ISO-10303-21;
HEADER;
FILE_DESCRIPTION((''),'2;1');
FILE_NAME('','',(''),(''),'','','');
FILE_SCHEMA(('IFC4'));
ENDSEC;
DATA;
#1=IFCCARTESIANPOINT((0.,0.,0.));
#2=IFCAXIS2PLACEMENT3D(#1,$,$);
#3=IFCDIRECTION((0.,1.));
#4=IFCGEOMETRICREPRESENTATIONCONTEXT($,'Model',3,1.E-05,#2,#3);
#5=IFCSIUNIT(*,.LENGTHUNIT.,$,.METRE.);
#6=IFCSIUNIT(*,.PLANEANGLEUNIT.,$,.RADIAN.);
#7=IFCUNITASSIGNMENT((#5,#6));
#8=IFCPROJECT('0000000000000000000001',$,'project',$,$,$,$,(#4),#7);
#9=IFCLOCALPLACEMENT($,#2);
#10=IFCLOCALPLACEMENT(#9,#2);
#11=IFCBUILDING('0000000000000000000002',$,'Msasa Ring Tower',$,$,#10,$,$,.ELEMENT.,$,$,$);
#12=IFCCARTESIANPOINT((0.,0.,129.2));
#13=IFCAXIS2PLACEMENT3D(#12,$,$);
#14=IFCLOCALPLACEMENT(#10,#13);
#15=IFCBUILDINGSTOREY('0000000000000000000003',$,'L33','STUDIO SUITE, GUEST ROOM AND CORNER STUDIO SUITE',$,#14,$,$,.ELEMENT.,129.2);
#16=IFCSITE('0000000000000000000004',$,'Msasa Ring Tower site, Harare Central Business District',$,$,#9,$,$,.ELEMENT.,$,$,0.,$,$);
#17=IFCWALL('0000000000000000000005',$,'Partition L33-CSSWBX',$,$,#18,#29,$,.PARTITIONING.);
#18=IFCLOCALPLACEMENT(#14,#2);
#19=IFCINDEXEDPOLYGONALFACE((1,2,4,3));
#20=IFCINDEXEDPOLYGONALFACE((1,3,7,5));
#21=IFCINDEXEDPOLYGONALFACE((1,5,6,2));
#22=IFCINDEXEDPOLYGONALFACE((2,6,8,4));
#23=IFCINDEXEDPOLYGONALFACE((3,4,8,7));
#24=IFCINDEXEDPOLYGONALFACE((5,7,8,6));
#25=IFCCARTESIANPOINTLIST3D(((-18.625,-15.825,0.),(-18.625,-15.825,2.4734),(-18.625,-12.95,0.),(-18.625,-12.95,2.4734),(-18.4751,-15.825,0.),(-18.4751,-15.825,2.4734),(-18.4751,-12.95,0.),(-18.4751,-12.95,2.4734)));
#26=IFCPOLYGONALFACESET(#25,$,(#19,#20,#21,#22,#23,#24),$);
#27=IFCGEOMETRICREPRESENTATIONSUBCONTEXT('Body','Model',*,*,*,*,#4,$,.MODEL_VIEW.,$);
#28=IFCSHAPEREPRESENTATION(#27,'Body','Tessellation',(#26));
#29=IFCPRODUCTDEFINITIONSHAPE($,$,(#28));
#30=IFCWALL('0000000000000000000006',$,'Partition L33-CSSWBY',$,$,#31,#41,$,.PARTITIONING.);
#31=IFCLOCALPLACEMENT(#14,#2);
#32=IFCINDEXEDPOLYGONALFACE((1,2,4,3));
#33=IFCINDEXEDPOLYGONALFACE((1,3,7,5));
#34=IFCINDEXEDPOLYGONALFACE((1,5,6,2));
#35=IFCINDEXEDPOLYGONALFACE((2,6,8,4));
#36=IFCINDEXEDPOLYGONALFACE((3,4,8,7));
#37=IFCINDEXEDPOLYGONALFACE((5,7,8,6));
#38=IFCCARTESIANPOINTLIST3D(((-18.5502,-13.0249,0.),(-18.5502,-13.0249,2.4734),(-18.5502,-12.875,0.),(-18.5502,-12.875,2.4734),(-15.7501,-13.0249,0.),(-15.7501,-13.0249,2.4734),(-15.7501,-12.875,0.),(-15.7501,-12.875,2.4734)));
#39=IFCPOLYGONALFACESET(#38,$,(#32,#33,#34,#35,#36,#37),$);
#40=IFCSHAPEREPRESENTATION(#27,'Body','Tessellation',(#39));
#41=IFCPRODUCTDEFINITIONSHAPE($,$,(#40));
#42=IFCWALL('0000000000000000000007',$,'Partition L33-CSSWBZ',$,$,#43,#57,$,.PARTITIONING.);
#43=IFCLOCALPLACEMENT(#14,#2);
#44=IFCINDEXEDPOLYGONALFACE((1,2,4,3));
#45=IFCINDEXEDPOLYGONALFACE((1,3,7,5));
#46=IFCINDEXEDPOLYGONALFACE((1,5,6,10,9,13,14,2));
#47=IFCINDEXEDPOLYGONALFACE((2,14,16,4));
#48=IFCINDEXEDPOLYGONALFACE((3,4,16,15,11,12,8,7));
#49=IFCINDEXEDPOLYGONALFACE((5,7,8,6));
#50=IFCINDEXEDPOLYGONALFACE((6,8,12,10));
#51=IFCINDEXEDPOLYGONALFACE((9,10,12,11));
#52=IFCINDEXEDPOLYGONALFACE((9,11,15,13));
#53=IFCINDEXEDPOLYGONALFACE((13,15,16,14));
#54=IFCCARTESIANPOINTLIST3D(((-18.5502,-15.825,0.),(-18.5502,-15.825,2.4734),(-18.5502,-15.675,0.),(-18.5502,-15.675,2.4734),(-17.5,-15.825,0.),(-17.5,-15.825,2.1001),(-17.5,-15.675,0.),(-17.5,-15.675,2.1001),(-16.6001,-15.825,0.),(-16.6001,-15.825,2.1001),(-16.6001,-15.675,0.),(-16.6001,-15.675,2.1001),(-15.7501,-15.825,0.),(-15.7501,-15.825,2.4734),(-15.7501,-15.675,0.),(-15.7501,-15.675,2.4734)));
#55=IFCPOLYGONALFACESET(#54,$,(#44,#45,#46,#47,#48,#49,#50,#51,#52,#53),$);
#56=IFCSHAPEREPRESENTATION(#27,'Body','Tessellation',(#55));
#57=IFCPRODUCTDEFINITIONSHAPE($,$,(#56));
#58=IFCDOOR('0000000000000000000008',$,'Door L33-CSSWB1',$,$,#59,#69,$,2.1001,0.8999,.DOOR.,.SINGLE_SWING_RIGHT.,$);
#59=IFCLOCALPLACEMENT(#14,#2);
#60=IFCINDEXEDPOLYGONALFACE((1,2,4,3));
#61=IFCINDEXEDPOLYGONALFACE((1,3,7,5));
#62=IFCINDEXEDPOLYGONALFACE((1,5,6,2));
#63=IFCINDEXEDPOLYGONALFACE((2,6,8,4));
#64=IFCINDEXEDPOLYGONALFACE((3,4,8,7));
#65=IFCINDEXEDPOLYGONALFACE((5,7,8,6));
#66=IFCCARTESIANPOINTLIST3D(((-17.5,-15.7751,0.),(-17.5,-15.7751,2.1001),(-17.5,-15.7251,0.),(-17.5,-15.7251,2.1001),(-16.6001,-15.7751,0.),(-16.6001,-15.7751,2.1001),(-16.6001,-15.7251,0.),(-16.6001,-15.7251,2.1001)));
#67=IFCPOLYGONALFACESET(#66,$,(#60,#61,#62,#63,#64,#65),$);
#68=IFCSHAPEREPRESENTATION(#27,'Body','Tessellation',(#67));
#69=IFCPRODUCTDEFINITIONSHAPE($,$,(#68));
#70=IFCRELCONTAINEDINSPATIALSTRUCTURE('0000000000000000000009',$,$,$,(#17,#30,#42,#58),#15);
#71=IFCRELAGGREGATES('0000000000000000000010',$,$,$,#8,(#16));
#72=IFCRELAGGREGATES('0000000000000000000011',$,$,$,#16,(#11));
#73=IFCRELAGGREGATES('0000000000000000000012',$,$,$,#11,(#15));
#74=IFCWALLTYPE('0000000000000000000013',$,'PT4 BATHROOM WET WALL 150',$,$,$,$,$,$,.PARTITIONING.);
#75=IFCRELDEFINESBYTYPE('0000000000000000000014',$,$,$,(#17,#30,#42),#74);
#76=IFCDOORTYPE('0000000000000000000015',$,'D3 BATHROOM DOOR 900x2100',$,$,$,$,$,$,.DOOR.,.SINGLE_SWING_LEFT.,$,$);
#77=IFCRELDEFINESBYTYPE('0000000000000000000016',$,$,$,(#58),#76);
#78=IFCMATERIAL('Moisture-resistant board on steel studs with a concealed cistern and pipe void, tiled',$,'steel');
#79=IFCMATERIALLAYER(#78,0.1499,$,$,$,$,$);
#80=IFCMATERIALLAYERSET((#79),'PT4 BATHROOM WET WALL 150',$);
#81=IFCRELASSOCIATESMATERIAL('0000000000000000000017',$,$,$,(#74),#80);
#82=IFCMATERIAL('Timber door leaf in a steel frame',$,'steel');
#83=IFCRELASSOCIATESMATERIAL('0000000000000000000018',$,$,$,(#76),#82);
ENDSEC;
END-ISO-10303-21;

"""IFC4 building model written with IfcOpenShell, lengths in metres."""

from ifc_helpers import new_model, si_unit, direction, frame, frame_2d, origin, place, context, subcontext, project, spatial, rectangle, extrude, material, layer, layer_set, type_object, element, fill, save


model = new_model("IFC4")

# Units and contexts
model_context = context("Model", 3, precision=1e-05, world=origin(), true_north=direction((0.0, 1.0)))
body_context = subcontext(model_context, "Body", "Model", "MODEL_VIEW")
ifc_project = project(units=[si_unit("LENGTHUNIT", "METRE"), si_unit("PLANEANGLEUNIT", "RADIAN")], contexts=[model_context])

# Site, building, storey
site_placement = place(None, origin())
site = spatial("IfcSite", under=ifc_project, at=site_placement, Name="Msasa Ring Tower site, Harare Central Business District", CompositionType="ELEMENT", RefElevation=0.0)
building_placement = place(site_placement, origin())
building = spatial("IfcBuilding", under=site, at=building_placement, Name="Msasa Ring Tower", CompositionType="ELEMENT")
storey_placement = place(building_placement, frame((0.0, 0.0, 129.2)))
storey = spatial("IfcBuildingStorey", under=building, at=storey_placement, Name="L33", Description="STUDIO SUITE, GUEST ROOM AND CORNER STUDIO SUITE", CompositionType="ELEMENT", Elevation=129.2)

# Walls
ifc_material_1 = material(Name="Moisture-resistant board on steel studs with a concealed cistern and pipe void, tiled", Category="steel")
ifc_layer_1 = layer(ifc_material_1, 0.1499)
ifc_layer_set_1 = layer_set([ifc_layer_1], Name="PT4 BATHROOM WET WALL 150")
wall_type_1 = type_object("IfcWallType", Name="PT4 BATHROOM WET WALL 150", PredefinedType="PARTITIONING", material=ifc_layer_set_1)
wall_1_placement = place(storey_placement, frame((-18.55, -15.825, 0.0), z_axis=(0.0, 0.0, 1.0), x_axis=(0.0, 1.0, 0.0)))
element("IfcWall", 1, at=wall_1_placement, inside=storey, type_object=wall_type_1, Name="Partition L33-CSSWBX", PredefinedType="PARTITIONING", context=body_context, shape_type="SweptSolid", body=[
    extrude(rectangle(XDim=2.875, YDim=0.1499, at=frame_2d((1.4375, 0.0))), origin(), (0.0, 0.0, 1.0), 2.4734),
])
wall_2_placement = place(storey_placement, frame((-18.55, -12.95, 0.0), z_axis=(0.0, 0.0, 1.0), x_axis=(1.0, 0.0, 0.0)))
element("IfcWall", 2, at=wall_2_placement, inside=storey, type_object=wall_type_1, Name="Partition L33-CSSWBY", PredefinedType="PARTITIONING", context=body_context, shape_type="SweptSolid", body=[
    extrude(rectangle(XDim=2.8, YDim=0.1499, at=frame_2d((1.3999, 0.0))), origin(), (0.0, 0.0, 1.0), 2.4734),
])

# Wall, opening, door
wall_3_placement = place(storey_placement, frame((-18.55, -15.75, 0.0), z_axis=(0.0, 0.0, 1.0), x_axis=(1.0, 0.0, 0.0)))
wall_3 = element("IfcWall", 3, at=wall_3_placement, inside=storey, type_object=wall_type_1, Name="Partition L33-CSSWBZ", PredefinedType="PARTITIONING", context=body_context, shape_type="SweptSolid", body=[
    extrude(rectangle(XDim=2.8, YDim=0.1499, at=frame_2d((1.3999, 0.0))), origin(), (0.0, 0.0, 1.0), 2.4734),
])
opening_1_placement = place(wall_3_placement, frame((1.05, 0.0, 0.0)))
opening_1 = element("IfcOpeningElement", 4, at=opening_1_placement, cuts=wall_3, PredefinedType="OPENING", context=body_context, shape_type="SweptSolid", body=[
    extrude(rectangle(XDim=0.8999, YDim=2.1001, at=frame_2d((0.45, 1.05))), frame((0.0, 0.085, 0.0), z_axis=(0.0, -1.0, 0.0), x_axis=(1.0, 0.0, 0.0)), (0.0, 0.0, 1.0), 0.1699),
])
ifc_material_2 = material(Name="Timber door leaf in a steel frame", Category="steel")
door_type_1 = type_object("IfcDoorType", Name="D3 BATHROOM DOOR 900x2100", OperationType="SINGLE_SWING_LEFT", PredefinedType="DOOR", material=ifc_material_2)
door_1_placement = place(opening_1_placement, origin())
door_1 = element("IfcDoor", 5, at=door_1_placement, inside=storey, type_object=door_type_1, Name="Door L33-CSSWB1", OperationType="SINGLE_SWING_RIGHT", OverallHeight=2.1001, OverallWidth=0.8999, PredefinedType="DOOR", context=body_context, shape_type="SweptSolid", body=[
    extrude(rectangle(XDim=0.8999, YDim=2.1001, at=frame_2d((0.45, 1.05))), frame((0.0, 0.0249, 0.0), z_axis=(0.0, -1.0, 0.0), x_axis=(1.0, 0.0, 0.0)), (0.0, 0.0, 1.0), 0.05),
])
fill(opening_1, door_1)

save(model, "model.ifc")
